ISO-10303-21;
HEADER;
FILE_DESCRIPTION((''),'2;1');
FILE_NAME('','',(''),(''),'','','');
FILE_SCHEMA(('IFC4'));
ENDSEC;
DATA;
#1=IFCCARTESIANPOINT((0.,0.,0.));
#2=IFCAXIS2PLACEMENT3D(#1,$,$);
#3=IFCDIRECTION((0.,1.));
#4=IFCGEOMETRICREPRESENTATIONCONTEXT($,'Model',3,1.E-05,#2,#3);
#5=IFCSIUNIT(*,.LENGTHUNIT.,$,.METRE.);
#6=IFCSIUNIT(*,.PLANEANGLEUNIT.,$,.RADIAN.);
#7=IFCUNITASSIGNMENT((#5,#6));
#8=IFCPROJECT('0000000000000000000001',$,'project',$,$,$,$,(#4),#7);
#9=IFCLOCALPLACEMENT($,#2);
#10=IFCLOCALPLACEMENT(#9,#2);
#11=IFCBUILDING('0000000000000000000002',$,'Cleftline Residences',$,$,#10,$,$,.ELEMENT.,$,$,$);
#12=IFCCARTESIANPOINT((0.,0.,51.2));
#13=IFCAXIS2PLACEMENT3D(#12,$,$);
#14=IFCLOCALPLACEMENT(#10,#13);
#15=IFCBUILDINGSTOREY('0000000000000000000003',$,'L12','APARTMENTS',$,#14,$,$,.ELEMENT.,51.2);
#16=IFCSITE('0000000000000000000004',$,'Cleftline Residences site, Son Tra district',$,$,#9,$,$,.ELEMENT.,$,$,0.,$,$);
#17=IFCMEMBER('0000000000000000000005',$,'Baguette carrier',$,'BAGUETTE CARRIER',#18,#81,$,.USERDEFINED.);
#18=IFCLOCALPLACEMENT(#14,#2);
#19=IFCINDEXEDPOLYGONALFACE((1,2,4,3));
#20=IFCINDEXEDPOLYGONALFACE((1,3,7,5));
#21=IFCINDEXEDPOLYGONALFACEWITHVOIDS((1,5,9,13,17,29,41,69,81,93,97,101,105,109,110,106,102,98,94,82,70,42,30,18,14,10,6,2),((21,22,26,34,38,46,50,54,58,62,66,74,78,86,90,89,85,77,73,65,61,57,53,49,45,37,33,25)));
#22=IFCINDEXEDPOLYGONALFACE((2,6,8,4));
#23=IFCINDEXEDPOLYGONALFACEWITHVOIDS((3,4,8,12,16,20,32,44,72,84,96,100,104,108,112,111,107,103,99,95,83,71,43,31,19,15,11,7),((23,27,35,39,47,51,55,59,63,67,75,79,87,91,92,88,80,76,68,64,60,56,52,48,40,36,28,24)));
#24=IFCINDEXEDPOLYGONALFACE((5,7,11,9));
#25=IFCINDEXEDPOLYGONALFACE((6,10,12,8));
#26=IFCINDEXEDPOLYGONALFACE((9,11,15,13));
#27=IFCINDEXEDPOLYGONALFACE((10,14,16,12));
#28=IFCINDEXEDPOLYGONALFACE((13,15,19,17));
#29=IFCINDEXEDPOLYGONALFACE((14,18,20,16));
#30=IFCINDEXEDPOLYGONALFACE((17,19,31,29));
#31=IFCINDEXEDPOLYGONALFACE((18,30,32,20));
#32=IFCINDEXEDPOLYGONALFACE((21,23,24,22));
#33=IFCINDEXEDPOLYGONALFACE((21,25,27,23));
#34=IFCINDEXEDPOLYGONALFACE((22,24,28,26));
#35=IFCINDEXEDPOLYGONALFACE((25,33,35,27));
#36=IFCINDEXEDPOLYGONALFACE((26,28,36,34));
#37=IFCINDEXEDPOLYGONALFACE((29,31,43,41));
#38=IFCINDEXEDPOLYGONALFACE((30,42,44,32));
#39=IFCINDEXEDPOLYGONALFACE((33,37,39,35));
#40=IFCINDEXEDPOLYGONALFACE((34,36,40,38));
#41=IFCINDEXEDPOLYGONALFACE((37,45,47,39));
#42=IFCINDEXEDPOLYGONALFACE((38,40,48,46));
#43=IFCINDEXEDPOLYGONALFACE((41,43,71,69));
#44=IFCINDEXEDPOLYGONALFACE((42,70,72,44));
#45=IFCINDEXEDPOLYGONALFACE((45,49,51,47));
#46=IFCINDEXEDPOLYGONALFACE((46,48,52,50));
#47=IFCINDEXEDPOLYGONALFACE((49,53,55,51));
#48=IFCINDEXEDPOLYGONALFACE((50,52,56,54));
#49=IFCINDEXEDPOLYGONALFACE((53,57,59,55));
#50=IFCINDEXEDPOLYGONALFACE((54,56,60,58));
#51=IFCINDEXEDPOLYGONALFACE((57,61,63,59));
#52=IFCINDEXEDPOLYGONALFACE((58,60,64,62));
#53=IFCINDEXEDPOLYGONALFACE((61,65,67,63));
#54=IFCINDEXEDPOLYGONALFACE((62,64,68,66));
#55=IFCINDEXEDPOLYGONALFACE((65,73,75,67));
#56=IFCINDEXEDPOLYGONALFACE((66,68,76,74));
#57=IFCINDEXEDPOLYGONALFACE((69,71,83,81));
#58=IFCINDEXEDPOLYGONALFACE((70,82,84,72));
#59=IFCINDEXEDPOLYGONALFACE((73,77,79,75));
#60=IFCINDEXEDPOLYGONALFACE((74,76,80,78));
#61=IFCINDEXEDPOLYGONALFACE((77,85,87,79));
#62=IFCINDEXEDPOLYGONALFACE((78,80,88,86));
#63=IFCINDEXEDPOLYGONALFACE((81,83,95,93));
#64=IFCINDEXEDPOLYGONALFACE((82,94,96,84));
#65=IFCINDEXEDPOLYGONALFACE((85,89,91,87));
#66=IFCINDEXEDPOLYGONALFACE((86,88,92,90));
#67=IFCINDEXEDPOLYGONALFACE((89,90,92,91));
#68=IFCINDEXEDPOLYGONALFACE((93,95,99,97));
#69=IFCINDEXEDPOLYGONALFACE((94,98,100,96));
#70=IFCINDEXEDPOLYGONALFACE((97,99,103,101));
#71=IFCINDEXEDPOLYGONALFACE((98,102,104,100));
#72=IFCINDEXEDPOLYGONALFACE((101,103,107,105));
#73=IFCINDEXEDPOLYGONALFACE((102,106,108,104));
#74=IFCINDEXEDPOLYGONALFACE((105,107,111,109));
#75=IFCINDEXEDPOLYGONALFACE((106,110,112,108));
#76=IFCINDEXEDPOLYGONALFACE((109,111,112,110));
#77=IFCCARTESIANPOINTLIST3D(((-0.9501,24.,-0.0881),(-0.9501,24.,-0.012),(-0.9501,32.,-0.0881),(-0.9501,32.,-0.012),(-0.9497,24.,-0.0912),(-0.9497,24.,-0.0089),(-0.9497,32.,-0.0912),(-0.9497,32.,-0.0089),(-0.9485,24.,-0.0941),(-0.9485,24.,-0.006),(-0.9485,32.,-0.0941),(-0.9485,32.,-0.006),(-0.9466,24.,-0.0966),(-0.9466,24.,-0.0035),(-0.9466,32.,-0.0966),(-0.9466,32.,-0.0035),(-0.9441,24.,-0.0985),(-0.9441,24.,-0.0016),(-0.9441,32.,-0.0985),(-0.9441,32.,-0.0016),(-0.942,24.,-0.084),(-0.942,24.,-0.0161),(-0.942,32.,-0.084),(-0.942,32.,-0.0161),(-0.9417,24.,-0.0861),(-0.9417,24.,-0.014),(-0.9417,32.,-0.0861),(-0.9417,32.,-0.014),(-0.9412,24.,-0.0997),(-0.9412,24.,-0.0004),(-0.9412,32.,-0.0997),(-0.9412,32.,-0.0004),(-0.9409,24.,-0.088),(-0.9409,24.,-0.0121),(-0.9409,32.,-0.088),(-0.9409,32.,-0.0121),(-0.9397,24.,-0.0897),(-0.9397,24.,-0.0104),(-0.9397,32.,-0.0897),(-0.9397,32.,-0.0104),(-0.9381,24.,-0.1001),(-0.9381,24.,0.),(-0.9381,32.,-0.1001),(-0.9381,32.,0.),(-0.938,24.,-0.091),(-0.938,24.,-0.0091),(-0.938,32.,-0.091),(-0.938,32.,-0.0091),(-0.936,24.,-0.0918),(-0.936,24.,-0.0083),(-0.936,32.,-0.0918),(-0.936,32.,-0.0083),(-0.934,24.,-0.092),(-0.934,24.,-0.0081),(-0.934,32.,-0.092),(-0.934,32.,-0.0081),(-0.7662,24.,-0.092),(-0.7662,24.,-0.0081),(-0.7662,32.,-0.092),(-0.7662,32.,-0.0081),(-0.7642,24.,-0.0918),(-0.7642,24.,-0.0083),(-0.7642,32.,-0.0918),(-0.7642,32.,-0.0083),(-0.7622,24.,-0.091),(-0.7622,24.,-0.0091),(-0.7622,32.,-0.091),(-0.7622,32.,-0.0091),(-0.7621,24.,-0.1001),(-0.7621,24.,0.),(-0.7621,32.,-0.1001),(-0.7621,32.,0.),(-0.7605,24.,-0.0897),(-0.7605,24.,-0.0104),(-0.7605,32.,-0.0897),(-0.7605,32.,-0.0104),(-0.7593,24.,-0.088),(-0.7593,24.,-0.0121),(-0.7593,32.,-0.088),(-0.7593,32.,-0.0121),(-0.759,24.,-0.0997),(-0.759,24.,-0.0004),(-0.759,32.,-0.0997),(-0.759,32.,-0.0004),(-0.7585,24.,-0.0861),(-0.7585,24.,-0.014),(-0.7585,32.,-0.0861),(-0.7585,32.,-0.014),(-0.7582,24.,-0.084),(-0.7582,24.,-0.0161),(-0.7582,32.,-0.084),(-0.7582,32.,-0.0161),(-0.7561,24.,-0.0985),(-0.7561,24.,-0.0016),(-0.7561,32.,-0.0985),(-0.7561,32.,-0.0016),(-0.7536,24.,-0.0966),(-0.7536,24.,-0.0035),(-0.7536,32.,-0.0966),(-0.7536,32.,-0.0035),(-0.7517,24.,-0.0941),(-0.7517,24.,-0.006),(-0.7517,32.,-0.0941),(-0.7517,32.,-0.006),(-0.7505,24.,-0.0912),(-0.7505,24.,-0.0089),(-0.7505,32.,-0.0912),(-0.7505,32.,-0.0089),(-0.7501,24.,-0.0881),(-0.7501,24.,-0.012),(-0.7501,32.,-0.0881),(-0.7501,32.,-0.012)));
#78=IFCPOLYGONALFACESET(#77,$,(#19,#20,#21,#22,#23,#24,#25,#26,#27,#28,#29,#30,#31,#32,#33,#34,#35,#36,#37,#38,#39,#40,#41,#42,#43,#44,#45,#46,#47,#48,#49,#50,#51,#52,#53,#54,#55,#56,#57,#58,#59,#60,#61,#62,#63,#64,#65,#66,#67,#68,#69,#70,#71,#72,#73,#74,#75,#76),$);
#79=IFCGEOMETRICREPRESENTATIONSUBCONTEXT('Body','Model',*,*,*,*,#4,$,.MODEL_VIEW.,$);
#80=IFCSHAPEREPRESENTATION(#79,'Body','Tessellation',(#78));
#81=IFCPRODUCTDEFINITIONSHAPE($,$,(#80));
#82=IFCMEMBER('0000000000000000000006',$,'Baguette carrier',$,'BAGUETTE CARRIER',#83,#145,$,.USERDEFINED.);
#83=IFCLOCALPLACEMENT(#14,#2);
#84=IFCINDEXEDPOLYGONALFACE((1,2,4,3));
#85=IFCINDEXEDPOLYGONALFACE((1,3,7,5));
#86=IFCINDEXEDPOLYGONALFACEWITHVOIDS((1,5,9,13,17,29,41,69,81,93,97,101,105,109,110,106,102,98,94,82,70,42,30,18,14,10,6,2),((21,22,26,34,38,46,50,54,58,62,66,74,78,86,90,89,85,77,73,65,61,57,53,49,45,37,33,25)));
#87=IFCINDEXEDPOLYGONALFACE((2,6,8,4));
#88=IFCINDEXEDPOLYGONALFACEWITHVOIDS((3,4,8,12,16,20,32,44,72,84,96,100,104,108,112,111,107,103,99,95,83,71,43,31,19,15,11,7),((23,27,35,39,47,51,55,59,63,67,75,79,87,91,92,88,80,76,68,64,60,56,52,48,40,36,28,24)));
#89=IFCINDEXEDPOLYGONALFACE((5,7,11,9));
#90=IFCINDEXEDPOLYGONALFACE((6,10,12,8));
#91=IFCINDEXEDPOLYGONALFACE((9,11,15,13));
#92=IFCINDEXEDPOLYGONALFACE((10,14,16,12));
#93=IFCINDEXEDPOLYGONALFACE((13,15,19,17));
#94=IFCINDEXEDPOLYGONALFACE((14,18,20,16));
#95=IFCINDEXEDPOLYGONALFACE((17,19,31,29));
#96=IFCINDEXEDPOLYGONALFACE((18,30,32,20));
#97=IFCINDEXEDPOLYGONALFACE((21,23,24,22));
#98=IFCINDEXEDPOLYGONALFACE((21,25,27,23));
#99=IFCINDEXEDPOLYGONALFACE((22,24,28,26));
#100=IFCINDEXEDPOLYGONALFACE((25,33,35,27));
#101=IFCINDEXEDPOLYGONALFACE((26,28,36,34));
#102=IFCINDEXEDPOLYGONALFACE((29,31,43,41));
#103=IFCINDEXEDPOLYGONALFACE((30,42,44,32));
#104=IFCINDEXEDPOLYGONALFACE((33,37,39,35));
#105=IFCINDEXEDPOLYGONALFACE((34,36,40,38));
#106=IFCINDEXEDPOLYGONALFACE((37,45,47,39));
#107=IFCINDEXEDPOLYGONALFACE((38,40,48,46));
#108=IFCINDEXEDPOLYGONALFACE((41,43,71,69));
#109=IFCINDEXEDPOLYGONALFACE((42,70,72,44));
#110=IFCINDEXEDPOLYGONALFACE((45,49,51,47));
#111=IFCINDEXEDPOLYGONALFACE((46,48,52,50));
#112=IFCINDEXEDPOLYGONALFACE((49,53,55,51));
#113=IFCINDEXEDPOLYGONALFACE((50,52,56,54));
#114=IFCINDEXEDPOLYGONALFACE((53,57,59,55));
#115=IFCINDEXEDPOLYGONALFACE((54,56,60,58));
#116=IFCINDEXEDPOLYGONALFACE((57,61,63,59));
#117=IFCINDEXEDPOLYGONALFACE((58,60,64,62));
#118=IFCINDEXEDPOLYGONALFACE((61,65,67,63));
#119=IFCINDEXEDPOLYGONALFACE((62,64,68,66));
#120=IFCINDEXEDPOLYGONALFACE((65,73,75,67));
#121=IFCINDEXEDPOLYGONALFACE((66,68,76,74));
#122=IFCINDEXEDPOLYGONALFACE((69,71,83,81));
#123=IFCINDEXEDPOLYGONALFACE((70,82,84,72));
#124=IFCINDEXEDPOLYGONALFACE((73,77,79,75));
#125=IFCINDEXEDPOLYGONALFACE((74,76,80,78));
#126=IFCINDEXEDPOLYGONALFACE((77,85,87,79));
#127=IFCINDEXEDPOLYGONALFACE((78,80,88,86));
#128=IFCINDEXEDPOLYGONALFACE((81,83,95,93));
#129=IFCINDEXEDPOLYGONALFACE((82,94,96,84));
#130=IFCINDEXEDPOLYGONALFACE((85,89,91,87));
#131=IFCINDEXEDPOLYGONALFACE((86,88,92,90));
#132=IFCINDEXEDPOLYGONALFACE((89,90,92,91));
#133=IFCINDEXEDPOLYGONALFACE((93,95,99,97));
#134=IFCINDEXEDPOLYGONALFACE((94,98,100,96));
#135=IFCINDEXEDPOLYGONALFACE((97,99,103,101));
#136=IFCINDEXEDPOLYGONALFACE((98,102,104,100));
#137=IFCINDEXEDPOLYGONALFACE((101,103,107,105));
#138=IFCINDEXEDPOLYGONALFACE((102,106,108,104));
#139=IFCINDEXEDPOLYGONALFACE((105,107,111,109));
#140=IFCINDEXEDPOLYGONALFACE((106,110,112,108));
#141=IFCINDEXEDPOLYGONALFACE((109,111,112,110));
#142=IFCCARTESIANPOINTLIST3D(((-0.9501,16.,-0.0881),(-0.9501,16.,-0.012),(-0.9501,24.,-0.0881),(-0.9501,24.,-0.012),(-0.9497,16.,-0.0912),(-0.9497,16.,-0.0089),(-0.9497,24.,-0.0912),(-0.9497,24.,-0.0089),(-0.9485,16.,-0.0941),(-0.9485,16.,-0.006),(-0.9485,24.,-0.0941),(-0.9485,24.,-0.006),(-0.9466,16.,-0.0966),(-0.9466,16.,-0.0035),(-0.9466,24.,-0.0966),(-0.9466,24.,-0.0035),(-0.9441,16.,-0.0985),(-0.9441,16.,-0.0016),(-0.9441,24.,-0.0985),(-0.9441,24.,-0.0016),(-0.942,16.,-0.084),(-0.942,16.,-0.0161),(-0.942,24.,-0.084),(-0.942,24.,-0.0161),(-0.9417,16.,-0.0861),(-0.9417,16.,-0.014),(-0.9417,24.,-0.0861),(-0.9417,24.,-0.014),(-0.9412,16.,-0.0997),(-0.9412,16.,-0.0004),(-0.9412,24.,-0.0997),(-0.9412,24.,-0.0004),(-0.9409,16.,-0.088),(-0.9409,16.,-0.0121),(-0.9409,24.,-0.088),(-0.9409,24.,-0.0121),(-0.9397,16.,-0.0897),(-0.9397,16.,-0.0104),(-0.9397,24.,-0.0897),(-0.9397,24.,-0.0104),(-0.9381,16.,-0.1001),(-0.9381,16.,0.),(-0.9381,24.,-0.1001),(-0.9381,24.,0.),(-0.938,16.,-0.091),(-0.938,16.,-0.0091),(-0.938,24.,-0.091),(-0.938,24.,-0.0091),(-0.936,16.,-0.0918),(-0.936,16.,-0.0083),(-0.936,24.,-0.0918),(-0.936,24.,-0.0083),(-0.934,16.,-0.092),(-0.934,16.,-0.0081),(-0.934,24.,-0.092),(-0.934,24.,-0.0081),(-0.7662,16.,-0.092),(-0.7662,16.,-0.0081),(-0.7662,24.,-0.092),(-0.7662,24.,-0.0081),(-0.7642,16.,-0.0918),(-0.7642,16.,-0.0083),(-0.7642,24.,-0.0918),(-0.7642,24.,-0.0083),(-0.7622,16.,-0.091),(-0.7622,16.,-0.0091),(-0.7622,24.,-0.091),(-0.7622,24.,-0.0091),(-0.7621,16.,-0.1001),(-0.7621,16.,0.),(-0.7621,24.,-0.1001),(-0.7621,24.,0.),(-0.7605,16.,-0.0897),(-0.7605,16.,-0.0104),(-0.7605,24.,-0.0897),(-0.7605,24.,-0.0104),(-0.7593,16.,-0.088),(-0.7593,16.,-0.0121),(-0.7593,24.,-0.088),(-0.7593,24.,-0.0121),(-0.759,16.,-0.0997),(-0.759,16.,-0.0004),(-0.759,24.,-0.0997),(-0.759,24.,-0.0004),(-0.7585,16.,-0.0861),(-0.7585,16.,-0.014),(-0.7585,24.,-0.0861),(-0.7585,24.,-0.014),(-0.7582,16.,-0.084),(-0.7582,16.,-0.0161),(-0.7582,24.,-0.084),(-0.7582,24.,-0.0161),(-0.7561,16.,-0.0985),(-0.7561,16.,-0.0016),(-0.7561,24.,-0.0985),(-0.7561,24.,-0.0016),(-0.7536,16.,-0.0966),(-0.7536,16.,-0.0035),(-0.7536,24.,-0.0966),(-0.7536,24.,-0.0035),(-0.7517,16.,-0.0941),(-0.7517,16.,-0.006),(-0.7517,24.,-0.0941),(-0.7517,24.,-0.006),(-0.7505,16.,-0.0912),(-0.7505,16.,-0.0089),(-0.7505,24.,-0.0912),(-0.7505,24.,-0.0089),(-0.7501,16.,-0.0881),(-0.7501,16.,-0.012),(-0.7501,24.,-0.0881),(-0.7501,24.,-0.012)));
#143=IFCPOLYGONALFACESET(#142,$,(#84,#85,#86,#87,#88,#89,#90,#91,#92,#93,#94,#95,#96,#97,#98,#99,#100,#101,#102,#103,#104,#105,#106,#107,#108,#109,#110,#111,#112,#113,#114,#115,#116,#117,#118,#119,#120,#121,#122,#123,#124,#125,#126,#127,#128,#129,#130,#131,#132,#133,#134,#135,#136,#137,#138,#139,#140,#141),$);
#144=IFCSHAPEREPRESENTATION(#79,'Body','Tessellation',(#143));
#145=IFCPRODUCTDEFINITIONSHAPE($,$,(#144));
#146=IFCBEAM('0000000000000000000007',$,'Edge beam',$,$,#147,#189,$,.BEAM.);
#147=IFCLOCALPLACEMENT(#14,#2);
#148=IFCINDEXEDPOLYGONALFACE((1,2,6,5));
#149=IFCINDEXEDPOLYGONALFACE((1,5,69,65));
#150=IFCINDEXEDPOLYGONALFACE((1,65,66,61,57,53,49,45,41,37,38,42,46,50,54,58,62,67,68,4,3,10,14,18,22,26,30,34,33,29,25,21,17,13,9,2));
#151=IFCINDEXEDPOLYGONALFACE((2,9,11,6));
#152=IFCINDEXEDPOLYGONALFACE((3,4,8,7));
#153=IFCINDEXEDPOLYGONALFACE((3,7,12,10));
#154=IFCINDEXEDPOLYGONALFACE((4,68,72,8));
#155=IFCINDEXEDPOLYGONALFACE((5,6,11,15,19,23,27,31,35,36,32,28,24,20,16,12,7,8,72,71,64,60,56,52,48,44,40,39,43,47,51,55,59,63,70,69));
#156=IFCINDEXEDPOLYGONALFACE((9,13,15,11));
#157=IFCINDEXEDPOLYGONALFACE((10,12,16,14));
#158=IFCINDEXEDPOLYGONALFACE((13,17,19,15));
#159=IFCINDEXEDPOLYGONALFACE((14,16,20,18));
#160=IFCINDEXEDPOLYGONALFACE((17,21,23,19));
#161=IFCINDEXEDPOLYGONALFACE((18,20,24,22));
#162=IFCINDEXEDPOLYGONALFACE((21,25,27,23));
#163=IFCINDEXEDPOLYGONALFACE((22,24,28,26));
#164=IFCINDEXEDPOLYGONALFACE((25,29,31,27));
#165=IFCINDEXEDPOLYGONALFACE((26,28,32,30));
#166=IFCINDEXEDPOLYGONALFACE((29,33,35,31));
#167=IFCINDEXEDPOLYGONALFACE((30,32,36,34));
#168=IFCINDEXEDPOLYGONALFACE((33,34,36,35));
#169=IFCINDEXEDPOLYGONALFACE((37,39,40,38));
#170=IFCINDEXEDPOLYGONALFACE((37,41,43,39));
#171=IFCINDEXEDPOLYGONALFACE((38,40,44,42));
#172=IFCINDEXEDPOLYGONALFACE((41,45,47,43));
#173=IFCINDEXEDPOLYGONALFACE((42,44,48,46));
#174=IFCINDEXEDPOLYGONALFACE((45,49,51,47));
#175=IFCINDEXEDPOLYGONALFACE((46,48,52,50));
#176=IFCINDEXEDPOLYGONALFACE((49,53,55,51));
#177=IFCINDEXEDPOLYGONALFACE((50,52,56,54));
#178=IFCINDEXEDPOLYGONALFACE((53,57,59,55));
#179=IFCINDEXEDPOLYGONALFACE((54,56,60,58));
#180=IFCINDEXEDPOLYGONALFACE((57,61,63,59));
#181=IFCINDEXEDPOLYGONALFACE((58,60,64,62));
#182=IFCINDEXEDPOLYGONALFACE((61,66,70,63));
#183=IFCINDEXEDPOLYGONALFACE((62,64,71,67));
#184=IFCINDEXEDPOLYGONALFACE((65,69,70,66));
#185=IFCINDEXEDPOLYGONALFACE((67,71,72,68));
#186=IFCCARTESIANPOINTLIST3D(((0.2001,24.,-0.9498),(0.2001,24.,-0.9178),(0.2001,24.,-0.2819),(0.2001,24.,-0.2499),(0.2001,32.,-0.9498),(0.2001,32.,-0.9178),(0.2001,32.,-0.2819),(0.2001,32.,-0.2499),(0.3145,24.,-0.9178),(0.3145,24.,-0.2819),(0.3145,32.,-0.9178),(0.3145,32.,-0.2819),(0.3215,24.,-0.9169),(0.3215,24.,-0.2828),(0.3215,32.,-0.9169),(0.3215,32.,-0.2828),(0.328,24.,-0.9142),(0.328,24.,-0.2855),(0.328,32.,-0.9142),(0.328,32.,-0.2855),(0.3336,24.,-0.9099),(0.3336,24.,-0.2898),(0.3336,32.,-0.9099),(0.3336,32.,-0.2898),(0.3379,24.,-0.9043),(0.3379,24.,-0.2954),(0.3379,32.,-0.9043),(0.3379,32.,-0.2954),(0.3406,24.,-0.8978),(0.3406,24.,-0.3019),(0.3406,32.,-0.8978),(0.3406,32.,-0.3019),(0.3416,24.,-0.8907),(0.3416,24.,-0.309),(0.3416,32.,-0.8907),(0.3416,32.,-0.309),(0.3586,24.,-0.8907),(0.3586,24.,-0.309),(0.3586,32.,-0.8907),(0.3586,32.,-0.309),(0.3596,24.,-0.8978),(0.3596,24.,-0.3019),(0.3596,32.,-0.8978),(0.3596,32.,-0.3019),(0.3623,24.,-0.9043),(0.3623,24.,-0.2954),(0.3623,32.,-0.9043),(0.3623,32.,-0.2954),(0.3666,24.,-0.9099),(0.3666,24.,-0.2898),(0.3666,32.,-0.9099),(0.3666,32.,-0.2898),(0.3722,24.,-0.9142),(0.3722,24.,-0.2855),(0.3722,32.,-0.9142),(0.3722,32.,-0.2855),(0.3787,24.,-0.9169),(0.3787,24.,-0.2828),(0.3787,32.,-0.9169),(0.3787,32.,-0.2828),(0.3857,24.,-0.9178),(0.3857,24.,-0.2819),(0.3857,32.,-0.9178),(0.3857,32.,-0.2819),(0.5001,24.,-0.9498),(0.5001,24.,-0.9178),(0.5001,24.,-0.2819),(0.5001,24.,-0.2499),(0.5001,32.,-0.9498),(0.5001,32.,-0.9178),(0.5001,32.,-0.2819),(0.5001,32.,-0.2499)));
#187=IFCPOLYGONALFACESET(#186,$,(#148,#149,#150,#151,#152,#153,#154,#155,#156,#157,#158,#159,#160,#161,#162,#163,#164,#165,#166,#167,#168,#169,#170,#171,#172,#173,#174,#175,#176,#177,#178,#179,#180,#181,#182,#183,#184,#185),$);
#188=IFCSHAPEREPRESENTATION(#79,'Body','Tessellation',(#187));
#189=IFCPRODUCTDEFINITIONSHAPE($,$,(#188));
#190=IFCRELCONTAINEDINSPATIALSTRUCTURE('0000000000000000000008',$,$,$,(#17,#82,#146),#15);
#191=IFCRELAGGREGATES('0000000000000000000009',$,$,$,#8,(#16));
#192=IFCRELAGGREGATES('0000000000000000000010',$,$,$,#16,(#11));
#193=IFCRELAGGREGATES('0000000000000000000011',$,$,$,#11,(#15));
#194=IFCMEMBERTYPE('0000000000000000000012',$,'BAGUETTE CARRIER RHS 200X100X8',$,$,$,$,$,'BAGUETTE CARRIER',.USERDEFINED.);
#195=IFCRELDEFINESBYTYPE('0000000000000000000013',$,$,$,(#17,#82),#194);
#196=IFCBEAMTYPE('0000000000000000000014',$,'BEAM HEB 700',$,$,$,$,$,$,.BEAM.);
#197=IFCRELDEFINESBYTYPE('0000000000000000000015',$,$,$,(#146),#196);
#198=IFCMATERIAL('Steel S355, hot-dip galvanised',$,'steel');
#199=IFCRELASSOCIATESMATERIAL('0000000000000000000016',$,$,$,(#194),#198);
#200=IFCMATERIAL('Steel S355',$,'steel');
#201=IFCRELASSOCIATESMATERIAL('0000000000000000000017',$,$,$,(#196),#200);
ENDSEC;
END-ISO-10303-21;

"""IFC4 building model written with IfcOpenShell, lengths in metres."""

from ifc_helpers import new_model, si_unit, direction, frame, origin, origin_2d, place, context, subcontext, project, spatial, hollow_rectangle, i_section, extrude, material, material_profile, profile_set, type_object, element, save


model = new_model("IFC4")

# Units and contexts
model_context = context("Model", 3, precision=1e-05, world=origin(), true_north=direction((0.0, 1.0)))
body_context = subcontext(model_context, "Body", "Model", "MODEL_VIEW")
ifc_project = project(units=[si_unit("LENGTHUNIT", "METRE"), si_unit("PLANEANGLEUNIT", "RADIAN")], contexts=[model_context])

# Site, building, storey
site_placement = place(None, origin())
site = spatial("IfcSite", under=ifc_project, at=site_placement, Name="Cleftline Residences site, Son Tra district", CompositionType="ELEMENT", RefElevation=0.0)
building_placement = place(site_placement, origin())
building = spatial("IfcBuilding", under=site, at=building_placement, Name="Cleftline Residences", CompositionType="ELEMENT")
storey_placement = place(building_placement, frame((0.0, 0.0, 51.2)))
storey = spatial("IfcBuildingStorey", under=building, at=storey_placement, Name="L12", Description="APARTMENTS", CompositionType="ELEMENT", Elevation=51.2)

# Members
ifc_material_1 = material(Name="Steel S355, hot-dip galvanised", Category="steel")
ifc_material_profile_1 = material_profile(ifc_material_1, hollow_rectangle(XDim=0.1001, YDim=0.2, WallThickness=0.0081, InnerFilletRadius=0.0081, OuterFilletRadius=0.012, at=origin_2d()))
ifc_profile_set_1 = profile_set([ifc_material_profile_1], Name="Steel S355, hot-dip galvanised")
member_type_1 = type_object("IfcMemberType", Name="BAGUETTE CARRIER RHS 200X100X8", ElementType="BAGUETTE CARRIER", PredefinedType="USERDEFINED", material=ifc_profile_set_1)
for number, where, z_axis, x_axis, name in (
    (1, (-0.8501, 32.0, -0.05), (0.0, -1.0, 0.0), (0.0, 0.0, 1.0), "Baguette carrier"),
    (2, (-0.8501, 24.0, -0.05), (0.0, -1.0, 0.0), (0.0, 0.0, 1.0), "Baguette carrier"),
):
    element("IfcMember", number, at=place(storey_placement, frame(where, z_axis=z_axis, x_axis=x_axis)), inside=storey, type_object=member_type_1, Name=name, ObjectType="BAGUETTE CARRIER", PredefinedType="USERDEFINED", context=body_context, shape_type="SweptSolid", body=[
        extrude(hollow_rectangle(XDim=0.1001, YDim=0.2, WallThickness=0.0081, InnerFilletRadius=0.0081, OuterFilletRadius=0.012, at=origin_2d()), origin(), (0.0, 0.0, 1.0), 8.0),
    ])

# Beam
ifc_material_2 = material(Name="Steel S355", Category="steel")
ifc_material_profile_2 = material_profile(ifc_material_2, i_section(OverallWidth=0.3, OverallDepth=0.7, WebThickness=0.0171, FlangeThickness=0.032, FilletRadius=0.0271, at=origin_2d()))
ifc_profile_set_2 = profile_set([ifc_material_profile_2], Name="Steel S355")
beam_type_1 = type_object("IfcBeamType", Name="BEAM HEB 700", PredefinedType="BEAM", material=ifc_profile_set_2)
for number, where, z_axis, x_axis, name in (
    (3, (0.3501, 24.0, -0.5999), (0.0, 1.0, 0.0), (-1.0, 0.0, 0.0), "Edge beam"),
):
    element("IfcBeam", number, at=place(storey_placement, frame(where, z_axis=z_axis, x_axis=x_axis)), inside=storey, type_object=beam_type_1, Name=name, PredefinedType="BEAM", context=body_context, shape_type="SweptSolid", body=[
        extrude(i_section(OverallWidth=0.3, OverallDepth=0.7, WebThickness=0.0171, FlangeThickness=0.032, FilletRadius=0.0271, at=origin_2d()), origin(), (0.0, 0.0, 1.0), 8.0),
    ])

save(model, "model.ifc")
